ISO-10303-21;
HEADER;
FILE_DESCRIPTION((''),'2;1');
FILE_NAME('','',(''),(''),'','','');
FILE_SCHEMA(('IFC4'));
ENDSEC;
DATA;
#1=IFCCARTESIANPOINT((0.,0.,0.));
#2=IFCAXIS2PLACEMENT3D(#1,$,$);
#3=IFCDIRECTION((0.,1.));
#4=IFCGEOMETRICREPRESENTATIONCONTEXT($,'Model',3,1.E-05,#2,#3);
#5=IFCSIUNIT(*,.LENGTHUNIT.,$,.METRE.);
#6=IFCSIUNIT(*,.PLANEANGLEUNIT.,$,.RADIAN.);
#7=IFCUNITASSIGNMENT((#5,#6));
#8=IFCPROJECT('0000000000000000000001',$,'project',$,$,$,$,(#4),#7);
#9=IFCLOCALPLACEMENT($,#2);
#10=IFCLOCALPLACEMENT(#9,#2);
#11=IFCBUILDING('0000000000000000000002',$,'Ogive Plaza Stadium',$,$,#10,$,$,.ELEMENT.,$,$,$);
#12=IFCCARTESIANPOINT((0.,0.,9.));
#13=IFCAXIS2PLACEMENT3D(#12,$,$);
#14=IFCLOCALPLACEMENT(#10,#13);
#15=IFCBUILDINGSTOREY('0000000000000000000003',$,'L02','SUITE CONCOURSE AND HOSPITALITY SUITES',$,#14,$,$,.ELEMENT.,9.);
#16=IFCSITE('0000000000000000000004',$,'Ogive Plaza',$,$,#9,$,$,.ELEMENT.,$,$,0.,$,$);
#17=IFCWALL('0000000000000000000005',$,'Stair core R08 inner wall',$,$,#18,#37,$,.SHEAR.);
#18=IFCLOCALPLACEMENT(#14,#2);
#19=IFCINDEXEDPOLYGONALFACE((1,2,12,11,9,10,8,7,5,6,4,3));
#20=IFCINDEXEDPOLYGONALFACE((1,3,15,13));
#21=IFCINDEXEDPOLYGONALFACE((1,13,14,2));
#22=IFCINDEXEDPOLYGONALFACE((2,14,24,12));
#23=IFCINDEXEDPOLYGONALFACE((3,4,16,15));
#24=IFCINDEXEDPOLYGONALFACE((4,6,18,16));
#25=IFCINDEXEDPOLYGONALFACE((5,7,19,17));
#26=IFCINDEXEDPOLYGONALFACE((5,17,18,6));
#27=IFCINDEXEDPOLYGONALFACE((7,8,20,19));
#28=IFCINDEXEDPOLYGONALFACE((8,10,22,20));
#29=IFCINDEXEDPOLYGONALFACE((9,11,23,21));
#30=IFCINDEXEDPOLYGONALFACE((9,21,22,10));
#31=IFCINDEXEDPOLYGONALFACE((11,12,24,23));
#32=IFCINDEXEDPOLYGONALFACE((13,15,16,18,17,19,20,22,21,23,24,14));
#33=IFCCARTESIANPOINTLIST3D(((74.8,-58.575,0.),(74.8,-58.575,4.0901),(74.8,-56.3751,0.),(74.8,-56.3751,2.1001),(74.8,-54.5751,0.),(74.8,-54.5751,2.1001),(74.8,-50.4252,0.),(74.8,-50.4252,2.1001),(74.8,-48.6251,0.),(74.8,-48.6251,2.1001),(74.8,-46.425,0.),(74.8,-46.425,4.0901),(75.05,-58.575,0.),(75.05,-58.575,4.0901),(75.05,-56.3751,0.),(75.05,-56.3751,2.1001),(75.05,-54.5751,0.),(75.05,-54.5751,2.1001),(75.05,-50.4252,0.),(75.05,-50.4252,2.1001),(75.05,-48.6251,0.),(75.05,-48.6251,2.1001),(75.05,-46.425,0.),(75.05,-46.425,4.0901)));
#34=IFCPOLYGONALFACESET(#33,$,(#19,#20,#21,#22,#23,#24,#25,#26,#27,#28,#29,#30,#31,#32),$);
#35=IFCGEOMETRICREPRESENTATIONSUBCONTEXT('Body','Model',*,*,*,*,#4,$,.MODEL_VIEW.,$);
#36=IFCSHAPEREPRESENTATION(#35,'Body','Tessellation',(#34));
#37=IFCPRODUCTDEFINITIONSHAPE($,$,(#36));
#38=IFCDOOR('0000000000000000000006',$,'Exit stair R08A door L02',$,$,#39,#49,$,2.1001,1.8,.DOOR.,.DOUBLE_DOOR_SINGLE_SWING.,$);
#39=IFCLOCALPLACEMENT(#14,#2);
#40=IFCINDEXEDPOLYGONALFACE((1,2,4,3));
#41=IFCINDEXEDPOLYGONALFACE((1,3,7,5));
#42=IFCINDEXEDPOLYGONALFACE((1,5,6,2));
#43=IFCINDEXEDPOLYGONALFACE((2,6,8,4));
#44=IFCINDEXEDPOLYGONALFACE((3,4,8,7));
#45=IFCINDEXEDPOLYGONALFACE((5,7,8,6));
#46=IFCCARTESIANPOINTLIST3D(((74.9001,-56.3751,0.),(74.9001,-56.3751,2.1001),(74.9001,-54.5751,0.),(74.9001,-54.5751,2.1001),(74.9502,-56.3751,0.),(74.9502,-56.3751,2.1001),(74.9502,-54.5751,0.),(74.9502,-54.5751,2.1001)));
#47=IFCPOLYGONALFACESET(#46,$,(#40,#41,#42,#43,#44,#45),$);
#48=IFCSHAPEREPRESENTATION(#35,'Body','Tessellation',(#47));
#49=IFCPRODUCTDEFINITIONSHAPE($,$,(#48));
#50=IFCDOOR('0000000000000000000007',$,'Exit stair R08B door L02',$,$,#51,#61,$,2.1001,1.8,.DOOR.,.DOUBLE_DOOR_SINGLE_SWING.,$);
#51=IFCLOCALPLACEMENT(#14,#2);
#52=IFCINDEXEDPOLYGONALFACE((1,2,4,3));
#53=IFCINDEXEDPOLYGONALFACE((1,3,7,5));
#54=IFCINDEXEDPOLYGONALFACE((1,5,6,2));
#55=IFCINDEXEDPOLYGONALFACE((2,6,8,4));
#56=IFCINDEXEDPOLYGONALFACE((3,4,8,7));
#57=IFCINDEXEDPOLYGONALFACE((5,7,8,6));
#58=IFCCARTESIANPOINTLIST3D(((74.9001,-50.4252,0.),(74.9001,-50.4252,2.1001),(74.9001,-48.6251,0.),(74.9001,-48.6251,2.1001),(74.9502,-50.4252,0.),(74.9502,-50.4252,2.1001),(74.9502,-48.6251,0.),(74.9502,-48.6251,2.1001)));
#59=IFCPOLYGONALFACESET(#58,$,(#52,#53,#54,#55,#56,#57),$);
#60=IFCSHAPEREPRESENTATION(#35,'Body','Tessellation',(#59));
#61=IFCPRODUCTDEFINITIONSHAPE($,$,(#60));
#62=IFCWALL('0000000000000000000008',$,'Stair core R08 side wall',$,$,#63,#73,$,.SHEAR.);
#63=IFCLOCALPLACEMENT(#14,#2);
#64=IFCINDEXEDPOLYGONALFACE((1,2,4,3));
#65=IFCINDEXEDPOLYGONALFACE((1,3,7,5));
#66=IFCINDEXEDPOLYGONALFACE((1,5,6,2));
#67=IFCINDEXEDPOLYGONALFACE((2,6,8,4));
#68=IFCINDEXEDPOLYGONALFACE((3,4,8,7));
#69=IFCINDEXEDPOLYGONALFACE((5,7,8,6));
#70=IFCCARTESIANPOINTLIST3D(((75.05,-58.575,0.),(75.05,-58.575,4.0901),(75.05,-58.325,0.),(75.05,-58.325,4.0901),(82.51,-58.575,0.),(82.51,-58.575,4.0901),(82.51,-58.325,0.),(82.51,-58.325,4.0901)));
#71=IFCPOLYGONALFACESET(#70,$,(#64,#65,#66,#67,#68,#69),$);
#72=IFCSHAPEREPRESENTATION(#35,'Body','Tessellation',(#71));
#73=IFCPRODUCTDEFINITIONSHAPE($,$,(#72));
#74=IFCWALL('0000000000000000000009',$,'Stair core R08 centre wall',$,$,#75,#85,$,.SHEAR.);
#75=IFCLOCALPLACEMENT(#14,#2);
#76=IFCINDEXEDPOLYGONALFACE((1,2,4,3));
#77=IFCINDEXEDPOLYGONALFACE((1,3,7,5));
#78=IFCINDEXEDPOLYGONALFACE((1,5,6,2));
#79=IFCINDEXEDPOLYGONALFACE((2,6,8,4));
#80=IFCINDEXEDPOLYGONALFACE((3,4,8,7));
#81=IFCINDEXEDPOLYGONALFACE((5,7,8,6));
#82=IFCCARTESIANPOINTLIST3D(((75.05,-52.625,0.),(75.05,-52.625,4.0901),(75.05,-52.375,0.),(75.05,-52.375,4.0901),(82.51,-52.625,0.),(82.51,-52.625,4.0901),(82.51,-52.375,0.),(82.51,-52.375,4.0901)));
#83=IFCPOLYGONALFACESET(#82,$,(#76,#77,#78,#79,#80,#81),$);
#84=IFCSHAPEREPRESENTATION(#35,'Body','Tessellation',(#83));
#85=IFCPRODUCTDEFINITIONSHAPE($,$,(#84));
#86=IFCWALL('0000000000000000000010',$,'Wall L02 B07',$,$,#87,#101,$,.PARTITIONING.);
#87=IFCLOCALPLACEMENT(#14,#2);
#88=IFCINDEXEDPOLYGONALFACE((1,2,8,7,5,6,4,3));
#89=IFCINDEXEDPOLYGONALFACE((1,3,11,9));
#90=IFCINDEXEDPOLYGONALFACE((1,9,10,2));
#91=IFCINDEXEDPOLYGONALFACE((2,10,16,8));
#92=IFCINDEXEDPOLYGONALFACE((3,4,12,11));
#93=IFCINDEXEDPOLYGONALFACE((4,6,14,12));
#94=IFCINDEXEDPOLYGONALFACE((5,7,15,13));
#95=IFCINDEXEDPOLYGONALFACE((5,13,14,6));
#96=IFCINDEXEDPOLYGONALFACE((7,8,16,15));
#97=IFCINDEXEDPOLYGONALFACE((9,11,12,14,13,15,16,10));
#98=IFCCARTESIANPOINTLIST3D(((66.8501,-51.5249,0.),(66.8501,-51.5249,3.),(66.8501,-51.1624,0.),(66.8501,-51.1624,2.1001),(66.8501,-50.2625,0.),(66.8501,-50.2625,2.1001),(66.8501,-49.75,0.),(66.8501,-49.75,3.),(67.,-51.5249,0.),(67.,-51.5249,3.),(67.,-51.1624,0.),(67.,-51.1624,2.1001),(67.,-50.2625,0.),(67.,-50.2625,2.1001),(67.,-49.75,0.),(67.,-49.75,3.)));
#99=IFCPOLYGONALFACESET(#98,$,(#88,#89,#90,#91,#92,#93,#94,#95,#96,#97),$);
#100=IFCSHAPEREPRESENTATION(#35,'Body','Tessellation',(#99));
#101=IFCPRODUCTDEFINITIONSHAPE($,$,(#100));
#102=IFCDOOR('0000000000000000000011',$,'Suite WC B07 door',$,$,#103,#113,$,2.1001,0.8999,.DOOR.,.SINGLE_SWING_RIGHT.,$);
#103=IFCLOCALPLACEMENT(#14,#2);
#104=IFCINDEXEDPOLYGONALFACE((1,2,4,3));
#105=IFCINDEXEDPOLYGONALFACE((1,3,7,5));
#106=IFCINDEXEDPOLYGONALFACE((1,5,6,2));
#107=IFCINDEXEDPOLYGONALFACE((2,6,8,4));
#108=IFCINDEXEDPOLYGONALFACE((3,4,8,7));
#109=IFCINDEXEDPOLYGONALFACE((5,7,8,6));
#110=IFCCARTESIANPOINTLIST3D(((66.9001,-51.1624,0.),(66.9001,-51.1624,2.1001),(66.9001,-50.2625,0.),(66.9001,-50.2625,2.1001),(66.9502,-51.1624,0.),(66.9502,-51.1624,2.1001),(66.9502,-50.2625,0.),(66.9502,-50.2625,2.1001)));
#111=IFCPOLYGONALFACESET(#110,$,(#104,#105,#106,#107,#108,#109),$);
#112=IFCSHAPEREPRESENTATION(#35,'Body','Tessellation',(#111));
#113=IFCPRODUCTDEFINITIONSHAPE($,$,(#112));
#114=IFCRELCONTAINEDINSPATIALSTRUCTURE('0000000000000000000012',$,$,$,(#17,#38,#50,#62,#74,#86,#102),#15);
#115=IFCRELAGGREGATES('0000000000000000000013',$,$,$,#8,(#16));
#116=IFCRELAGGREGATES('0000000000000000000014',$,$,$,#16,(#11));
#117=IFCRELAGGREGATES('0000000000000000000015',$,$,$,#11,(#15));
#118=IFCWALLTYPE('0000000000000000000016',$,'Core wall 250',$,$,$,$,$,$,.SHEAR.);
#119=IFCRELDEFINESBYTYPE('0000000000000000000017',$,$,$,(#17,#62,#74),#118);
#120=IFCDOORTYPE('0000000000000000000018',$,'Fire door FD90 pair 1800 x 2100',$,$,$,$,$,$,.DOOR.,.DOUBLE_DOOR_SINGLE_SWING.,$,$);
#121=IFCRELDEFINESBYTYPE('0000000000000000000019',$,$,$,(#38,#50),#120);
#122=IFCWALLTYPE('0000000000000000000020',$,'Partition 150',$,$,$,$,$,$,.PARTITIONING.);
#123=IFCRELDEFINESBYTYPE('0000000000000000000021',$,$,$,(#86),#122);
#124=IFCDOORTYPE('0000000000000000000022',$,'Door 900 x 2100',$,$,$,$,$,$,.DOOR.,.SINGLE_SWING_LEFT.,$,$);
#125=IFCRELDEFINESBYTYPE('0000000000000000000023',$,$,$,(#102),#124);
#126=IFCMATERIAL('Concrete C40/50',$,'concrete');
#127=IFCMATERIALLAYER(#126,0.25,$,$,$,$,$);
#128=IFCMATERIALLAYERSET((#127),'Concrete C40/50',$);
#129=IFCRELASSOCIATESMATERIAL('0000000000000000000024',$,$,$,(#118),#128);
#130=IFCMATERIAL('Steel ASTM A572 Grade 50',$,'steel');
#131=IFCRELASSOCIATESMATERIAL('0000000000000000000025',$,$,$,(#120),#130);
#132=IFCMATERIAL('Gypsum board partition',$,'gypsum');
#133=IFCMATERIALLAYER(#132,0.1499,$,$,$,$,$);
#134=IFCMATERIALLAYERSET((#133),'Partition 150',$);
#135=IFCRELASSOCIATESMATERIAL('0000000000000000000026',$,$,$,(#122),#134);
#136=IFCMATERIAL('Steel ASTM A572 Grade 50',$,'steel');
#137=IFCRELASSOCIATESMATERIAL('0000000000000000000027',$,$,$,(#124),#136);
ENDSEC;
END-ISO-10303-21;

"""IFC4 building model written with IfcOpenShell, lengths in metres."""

from ifc_helpers import new_model, si_unit, direction, frame, frame_2d, origin, place, context, subcontext, project, spatial, rectangle, extrude, material, layer, layer_set, type_object, element, fill, save


model = new_model("IFC4")

# Units and contexts
model_context = context("Model", 3, precision=1e-05, world=origin(), true_north=direction((0.0, 1.0)))
body_context = subcontext(model_context, "Body", "Model", "MODEL_VIEW")
ifc_project = project(units=[si_unit("LENGTHUNIT", "METRE"), si_unit("PLANEANGLEUNIT", "RADIAN")], contexts=[model_context])

# Site, building, storey
site_placement = place(None, origin())
site = spatial("IfcSite", under=ifc_project, at=site_placement, Name="Ogive Plaza", CompositionType="ELEMENT", RefElevation=0.0)
building_placement = place(site_placement, origin())
building = spatial("IfcBuilding", under=site, at=building_placement, Name="Ogive Plaza Stadium", CompositionType="ELEMENT")
storey_placement = place(building_placement, frame((0.0, 0.0, 9.0)))
storey = spatial("IfcBuildingStorey", under=building, at=storey_placement, Name="L02", Description="SUITE CONCOURSE AND HOSPITALITY SUITES", CompositionType="ELEMENT", Elevation=9.0)

# Wall, openings, doors
ifc_material_1 = material(Name="Concrete C40/50", Category="concrete")
ifc_layer_1 = layer(ifc_material_1, 0.25)
ifc_layer_set_1 = layer_set([ifc_layer_1], Name="Concrete C40/50")
wall_type_1 = type_object("IfcWallType", Name="Core wall 250", PredefinedType="SHEAR", material=ifc_layer_set_1)
wall_1_placement = place(storey_placement, frame((74.925, -58.575, 0.0), z_axis=(0.0, 0.0, 1.0), x_axis=(0.0, 1.0, 0.0)))
wall_1 = element("IfcWall", 1, at=wall_1_placement, inside=storey, type_object=wall_type_1, Name="Stair core R08 inner wall", PredefinedType="SHEAR", context=body_context, shape_type="SweptSolid", body=[
    extrude(rectangle(XDim=12.1499, YDim=0.25, at=frame_2d((6.075, 0.0))), origin(), (0.0, 0.0, 1.0), 4.0901),
])
opening_1_placement = place(wall_1_placement, frame((2.2, 0.0, 0.0)))
opening_1 = element("IfcOpeningElement", 2, at=opening_1_placement, cuts=wall_1, PredefinedType="OPENING", context=body_context, shape_type="SweptSolid", body=[
    extrude(rectangle(XDim=1.8, YDim=2.1001, at=frame_2d((0.8999, 1.05))), frame((0.0, 0.125, 0.0), z_axis=(0.0, -1.0, 0.0), x_axis=(1.0, 0.0, 0.0)), (0.0, 0.0, 1.0), 0.25),
])
opening_2_placement = place(wall_1_placement, frame((8.1499, 0.0, 0.0)))
opening_2 = element("IfcOpeningElement", 3, at=opening_2_placement, cuts=wall_1, PredefinedType="OPENING", context=body_context, shape_type="SweptSolid", body=[
    extrude(rectangle(XDim=1.8, YDim=2.1001, at=frame_2d((0.8999, 1.05))), frame((0.0, 0.125, 0.0), z_axis=(0.0, -1.0, 0.0), x_axis=(1.0, 0.0, 0.0)), (0.0, 0.0, 1.0), 0.25),
])
ifc_material_2 = material(Name="Steel ASTM A572 Grade 50", Category="steel")
door_type_1 = type_object("IfcDoorType", Name="Fire door FD90 pair 1800 x 2100", OperationType="DOUBLE_DOOR_SINGLE_SWING", PredefinedType="DOOR", material=ifc_material_2)
door_1_placement = place(opening_1_placement, origin())
door_1 = element("IfcDoor", 4, at=door_1_placement, inside=storey, type_object=door_type_1, Name="Exit stair R08A door L02", OperationType="DOUBLE_DOOR_SINGLE_SWING", OverallHeight=2.1001, OverallWidth=1.8, PredefinedType="DOOR", context=body_context, shape_type="SweptSolid", body=[
    extrude(rectangle(XDim=1.8, YDim=2.1001, at=frame_2d((0.8999, 1.05))), frame((0.0, 0.0249, 0.0), z_axis=(0.0, -1.0, 0.0), x_axis=(1.0, 0.0, 0.0)), (0.0, 0.0, 1.0), 0.05),
])
fill(opening_1, door_1)
door_2_placement = place(opening_2_placement, origin())
door_2 = element("IfcDoor", 5, at=door_2_placement, inside=storey, type_object=door_type_1, Name="Exit stair R08B door L02", OperationType="DOUBLE_DOOR_SINGLE_SWING", OverallHeight=2.1001, OverallWidth=1.8, PredefinedType="DOOR", context=body_context, shape_type="SweptSolid", body=[
    extrude(rectangle(XDim=1.8, YDim=2.1001, at=frame_2d((0.8999, 1.05))), frame((0.0, 0.0249, 0.0), z_axis=(0.0, -1.0, 0.0), x_axis=(1.0, 0.0, 0.0)), (0.0, 0.0, 1.0), 0.05),
])
fill(opening_2, door_2)

# Walls
for number, where, z_axis, x_axis, name in (
    (6, (75.05, -58.45, 0.0), (0.0, 0.0, 1.0), (1.0, 0.0, 0.0), "Stair core R08 side wall"),
    (7, (75.05, -52.5, 0.0), (0.0, 0.0, 1.0), (1.0, 0.0, 0.0), "Stair core R08 centre wall"),
):
    element("IfcWall", number, at=place(storey_placement, frame(where, z_axis=z_axis, x_axis=x_axis)), inside=storey, type_object=wall_type_1, Name=name, PredefinedType="SHEAR", context=body_context, shape_type="SweptSolid", body=[
        extrude(rectangle(XDim=7.46, YDim=0.25, at=frame_2d((3.73, 0.0))), origin(), (0.0, 0.0, 1.0), 4.0901),
    ])

# Wall, opening, door
ifc_material_3 = material(Name="Gypsum board partition", Category="gypsum")
ifc_layer_2 = layer(ifc_material_3, 0.1499)
ifc_layer_set_2 = layer_set([ifc_layer_2], Name="Partition 150")
wall_type_2 = type_object("IfcWallType", Name="Partition 150", PredefinedType="PARTITIONING", material=ifc_layer_set_2)
wall_2_placement = place(storey_placement, frame((66.925, -51.5249, 0.0), z_axis=(0.0, 0.0, 1.0), x_axis=(0.0, 1.0, 0.0)))
wall_2 = element("IfcWall", 8, at=wall_2_placement, inside=storey, type_object=wall_type_2, Name="Wall L02 B07", PredefinedType="PARTITIONING", context=body_context, shape_type="SweptSolid", body=[
    extrude(rectangle(XDim=1.7749, YDim=0.1499, at=frame_2d((0.8875, 0.0))), origin(), (0.0, 0.0, 1.0), 3.0),
])
opening_3_placement = place(wall_2_placement, frame((0.3625, 0.0, 0.0)))
opening_3 = element("IfcOpeningElement", 9, at=opening_3_placement, cuts=wall_2, PredefinedType="OPENING", context=body_context, shape_type="SweptSolid", body=[
    extrude(rectangle(XDim=0.8999, YDim=2.1001, at=frame_2d((0.45, 1.05))), frame((0.0, 0.075, 0.0), z_axis=(0.0, -1.0, 0.0), x_axis=(1.0, 0.0, 0.0)), (0.0, 0.0, 1.0), 0.1499),
])
ifc_material_4 = material(Name="Steel ASTM A572 Grade 50", Category="steel")
door_type_2 = type_object("IfcDoorType", Name="Door 900 x 2100", OperationType="SINGLE_SWING_LEFT", PredefinedType="DOOR", material=ifc_material_4)
door_3_placement = place(opening_3_placement, origin())
door_3 = element("IfcDoor", 10, at=door_3_placement, inside=storey, type_object=door_type_2, Name="Suite WC B07 door", OperationType="SINGLE_SWING_RIGHT", OverallHeight=2.1001, OverallWidth=0.8999, PredefinedType="DOOR", context=body_context, shape_type="SweptSolid", body=[
    extrude(rectangle(XDim=0.8999, YDim=2.1001, at=frame_2d((0.45, 1.05))), frame((0.0, 0.0249, 0.0), z_axis=(0.0, -1.0, 0.0), x_axis=(1.0, 0.0, 0.0)), (0.0, 0.0, 1.0), 0.05),
])
fill(opening_3, door_3)

save(model, "model.ifc")
